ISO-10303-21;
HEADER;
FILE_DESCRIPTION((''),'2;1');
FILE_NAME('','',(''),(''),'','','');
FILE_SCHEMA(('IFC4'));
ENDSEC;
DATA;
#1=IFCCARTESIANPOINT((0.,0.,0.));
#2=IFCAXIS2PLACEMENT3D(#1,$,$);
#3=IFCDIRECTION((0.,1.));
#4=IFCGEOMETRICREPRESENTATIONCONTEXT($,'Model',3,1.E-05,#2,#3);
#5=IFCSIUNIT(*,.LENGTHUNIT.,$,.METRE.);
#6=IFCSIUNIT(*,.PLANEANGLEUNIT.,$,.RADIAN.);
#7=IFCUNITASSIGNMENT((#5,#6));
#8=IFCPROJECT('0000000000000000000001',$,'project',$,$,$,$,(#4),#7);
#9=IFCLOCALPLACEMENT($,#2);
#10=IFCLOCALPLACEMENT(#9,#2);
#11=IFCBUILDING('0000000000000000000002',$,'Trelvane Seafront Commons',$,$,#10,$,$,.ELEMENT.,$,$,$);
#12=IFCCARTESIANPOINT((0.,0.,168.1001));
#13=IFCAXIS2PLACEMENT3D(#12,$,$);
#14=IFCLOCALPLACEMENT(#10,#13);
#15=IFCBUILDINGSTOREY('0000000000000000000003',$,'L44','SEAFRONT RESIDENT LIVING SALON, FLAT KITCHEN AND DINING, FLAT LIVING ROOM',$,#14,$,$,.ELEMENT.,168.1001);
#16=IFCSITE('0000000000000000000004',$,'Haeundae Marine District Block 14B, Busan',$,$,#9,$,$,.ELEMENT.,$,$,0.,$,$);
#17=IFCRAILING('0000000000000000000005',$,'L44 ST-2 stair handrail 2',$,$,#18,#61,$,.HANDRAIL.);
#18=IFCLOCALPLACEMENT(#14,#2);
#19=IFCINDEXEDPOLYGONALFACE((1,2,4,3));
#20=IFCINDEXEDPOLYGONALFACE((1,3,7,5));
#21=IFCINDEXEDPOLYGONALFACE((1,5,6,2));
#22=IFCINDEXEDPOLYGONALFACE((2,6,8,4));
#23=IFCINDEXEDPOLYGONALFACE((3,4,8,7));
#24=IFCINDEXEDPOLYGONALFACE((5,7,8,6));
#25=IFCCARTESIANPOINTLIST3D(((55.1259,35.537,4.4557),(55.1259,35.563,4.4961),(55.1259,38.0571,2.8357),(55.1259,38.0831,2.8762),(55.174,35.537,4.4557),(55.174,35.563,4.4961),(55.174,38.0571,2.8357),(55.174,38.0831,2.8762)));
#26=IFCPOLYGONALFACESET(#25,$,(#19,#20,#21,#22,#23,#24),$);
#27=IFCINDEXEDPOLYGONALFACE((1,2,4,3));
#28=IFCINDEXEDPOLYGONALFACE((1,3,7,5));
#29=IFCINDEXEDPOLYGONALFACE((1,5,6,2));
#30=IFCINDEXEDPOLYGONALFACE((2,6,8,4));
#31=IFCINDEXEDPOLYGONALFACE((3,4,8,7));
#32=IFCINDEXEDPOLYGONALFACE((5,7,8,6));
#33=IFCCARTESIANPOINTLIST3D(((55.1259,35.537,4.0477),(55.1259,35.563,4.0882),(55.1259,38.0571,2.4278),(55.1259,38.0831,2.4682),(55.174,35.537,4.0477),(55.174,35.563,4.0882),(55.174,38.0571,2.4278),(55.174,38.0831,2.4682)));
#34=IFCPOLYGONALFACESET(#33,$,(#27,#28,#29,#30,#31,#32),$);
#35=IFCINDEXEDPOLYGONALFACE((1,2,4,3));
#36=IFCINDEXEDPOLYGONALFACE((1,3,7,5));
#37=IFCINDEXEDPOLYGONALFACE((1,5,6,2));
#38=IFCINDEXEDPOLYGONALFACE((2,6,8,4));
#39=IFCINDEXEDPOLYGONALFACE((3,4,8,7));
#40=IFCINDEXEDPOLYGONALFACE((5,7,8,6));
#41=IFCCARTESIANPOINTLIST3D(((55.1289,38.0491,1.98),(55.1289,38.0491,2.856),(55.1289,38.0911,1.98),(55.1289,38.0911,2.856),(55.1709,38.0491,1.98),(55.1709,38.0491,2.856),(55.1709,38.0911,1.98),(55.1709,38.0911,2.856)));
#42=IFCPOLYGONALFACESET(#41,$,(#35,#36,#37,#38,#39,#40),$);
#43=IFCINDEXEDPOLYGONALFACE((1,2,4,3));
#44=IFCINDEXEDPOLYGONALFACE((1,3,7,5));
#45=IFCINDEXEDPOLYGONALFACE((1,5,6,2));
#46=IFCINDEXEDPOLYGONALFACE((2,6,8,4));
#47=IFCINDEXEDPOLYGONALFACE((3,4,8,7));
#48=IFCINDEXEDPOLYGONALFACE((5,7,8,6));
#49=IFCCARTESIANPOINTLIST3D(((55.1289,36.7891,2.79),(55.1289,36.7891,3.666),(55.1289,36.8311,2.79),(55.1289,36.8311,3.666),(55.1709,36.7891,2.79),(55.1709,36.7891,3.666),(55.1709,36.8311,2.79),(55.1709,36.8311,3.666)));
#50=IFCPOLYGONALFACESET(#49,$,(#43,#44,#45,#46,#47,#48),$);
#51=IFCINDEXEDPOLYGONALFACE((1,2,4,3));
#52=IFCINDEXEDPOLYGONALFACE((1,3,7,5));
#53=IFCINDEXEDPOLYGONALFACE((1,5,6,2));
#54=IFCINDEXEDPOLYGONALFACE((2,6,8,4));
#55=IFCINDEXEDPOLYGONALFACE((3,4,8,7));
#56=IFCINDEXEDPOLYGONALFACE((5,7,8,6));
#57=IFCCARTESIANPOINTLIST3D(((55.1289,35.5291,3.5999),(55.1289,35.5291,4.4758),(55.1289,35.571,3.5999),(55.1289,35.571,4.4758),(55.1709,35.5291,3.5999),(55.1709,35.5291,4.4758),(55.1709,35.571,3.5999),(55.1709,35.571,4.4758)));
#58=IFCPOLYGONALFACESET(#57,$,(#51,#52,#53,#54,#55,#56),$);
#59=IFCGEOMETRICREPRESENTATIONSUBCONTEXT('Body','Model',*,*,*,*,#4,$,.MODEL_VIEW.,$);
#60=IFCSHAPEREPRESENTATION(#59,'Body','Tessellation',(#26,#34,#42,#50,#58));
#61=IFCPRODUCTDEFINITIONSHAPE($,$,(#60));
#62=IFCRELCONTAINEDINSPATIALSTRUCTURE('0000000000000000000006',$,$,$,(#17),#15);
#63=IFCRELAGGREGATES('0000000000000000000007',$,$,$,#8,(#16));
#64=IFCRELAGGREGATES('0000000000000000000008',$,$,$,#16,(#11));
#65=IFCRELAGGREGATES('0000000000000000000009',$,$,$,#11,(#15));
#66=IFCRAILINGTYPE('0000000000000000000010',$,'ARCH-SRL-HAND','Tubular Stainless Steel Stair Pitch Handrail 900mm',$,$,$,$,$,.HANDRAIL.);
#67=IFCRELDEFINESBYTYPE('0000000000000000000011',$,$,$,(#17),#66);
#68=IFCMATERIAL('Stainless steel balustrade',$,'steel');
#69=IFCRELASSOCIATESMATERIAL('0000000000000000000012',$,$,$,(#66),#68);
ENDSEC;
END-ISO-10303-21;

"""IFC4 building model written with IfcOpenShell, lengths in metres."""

from ifc_helpers import new_model, si_unit, direction, frame, origin, origin_2d, place, context, subcontext, project, spatial, rectangle, extrude, material, type_object, element, save


model = new_model("IFC4")

# Units and contexts
model_context = context("Model", 3, precision=1e-05, world=origin(), true_north=direction((0.0, 1.0)))
body_context = subcontext(model_context, "Body", "Model", "MODEL_VIEW")
ifc_project = project(units=[si_unit("LENGTHUNIT", "METRE"), si_unit("PLANEANGLEUNIT", "RADIAN")], contexts=[model_context])

# Site, building, storey
site_placement = place(None, origin())
site = spatial("IfcSite", under=ifc_project, at=site_placement, Name="Haeundae Marine District Block 14B, Busan", CompositionType="ELEMENT", RefElevation=0.0)
building_placement = place(site_placement, origin())
building = spatial("IfcBuilding", under=site, at=building_placement, Name="Trelvane Seafront Commons", CompositionType="ELEMENT")
storey_placement = place(building_placement, frame((0.0, 0.0, 168.1001)))
storey = spatial("IfcBuildingStorey", under=building, at=storey_placement, Name="L44", Description="SEAFRONT RESIDENT LIVING SALON, FLAT KITCHEN AND DINING, FLAT LIVING ROOM", CompositionType="ELEMENT", Elevation=168.1001)

# Railing
ifc_material_1 = material(Name="Stainless steel balustrade", Category="steel")
railing_type = type_object("IfcRailingType", Name="ARCH-SRL-HAND", Description="Tubular Stainless Steel Stair Pitch Handrail 900mm", PredefinedType="HANDRAIL", material=ifc_material_1)
railing_placement = place(storey_placement, frame((55.1499, 38.0701, 1.98)))
element("IfcRailing", 1, at=railing_placement, inside=storey, type_object=railing_type, Name="L44 ST-2 stair handrail 2", PredefinedType="HANDRAIL", context=body_context, shape_type="SweptSolid", body=[
    extrude(rectangle(XDim=0.0481, YDim=0.0481, at=origin_2d()), frame((0.0, 0.0, 0.876), z_axis=(0.0, -0.8412, 0.540725), x_axis=(1.0, 0.0, 0.0)), (0.0, 0.0, 1.0), 2.9958),
    extrude(rectangle(XDim=0.0481, YDim=0.0481, at=origin_2d()), frame((0.0, 0.0, 0.468), z_axis=(0.0, -0.8412, 0.540725), x_axis=(1.0, 0.0, 0.0)), (0.0, 0.0, 1.0), 2.9958),
    extrude(rectangle(XDim=0.042, YDim=0.042, at=origin_2d()), origin(), (0.0, 0.0, 1.0), 0.876),
    extrude(rectangle(XDim=0.042, YDim=0.042, at=origin_2d()), frame((0.0, -1.26, 0.8101)), (0.0, 0.0, 1.0), 0.876),
    extrude(rectangle(XDim=0.042, YDim=0.042, at=origin_2d()), frame((0.0, -2.52, 1.6199)), (0.0, 0.0, 1.0), 0.876),
])

save(model, "model.ifc")
